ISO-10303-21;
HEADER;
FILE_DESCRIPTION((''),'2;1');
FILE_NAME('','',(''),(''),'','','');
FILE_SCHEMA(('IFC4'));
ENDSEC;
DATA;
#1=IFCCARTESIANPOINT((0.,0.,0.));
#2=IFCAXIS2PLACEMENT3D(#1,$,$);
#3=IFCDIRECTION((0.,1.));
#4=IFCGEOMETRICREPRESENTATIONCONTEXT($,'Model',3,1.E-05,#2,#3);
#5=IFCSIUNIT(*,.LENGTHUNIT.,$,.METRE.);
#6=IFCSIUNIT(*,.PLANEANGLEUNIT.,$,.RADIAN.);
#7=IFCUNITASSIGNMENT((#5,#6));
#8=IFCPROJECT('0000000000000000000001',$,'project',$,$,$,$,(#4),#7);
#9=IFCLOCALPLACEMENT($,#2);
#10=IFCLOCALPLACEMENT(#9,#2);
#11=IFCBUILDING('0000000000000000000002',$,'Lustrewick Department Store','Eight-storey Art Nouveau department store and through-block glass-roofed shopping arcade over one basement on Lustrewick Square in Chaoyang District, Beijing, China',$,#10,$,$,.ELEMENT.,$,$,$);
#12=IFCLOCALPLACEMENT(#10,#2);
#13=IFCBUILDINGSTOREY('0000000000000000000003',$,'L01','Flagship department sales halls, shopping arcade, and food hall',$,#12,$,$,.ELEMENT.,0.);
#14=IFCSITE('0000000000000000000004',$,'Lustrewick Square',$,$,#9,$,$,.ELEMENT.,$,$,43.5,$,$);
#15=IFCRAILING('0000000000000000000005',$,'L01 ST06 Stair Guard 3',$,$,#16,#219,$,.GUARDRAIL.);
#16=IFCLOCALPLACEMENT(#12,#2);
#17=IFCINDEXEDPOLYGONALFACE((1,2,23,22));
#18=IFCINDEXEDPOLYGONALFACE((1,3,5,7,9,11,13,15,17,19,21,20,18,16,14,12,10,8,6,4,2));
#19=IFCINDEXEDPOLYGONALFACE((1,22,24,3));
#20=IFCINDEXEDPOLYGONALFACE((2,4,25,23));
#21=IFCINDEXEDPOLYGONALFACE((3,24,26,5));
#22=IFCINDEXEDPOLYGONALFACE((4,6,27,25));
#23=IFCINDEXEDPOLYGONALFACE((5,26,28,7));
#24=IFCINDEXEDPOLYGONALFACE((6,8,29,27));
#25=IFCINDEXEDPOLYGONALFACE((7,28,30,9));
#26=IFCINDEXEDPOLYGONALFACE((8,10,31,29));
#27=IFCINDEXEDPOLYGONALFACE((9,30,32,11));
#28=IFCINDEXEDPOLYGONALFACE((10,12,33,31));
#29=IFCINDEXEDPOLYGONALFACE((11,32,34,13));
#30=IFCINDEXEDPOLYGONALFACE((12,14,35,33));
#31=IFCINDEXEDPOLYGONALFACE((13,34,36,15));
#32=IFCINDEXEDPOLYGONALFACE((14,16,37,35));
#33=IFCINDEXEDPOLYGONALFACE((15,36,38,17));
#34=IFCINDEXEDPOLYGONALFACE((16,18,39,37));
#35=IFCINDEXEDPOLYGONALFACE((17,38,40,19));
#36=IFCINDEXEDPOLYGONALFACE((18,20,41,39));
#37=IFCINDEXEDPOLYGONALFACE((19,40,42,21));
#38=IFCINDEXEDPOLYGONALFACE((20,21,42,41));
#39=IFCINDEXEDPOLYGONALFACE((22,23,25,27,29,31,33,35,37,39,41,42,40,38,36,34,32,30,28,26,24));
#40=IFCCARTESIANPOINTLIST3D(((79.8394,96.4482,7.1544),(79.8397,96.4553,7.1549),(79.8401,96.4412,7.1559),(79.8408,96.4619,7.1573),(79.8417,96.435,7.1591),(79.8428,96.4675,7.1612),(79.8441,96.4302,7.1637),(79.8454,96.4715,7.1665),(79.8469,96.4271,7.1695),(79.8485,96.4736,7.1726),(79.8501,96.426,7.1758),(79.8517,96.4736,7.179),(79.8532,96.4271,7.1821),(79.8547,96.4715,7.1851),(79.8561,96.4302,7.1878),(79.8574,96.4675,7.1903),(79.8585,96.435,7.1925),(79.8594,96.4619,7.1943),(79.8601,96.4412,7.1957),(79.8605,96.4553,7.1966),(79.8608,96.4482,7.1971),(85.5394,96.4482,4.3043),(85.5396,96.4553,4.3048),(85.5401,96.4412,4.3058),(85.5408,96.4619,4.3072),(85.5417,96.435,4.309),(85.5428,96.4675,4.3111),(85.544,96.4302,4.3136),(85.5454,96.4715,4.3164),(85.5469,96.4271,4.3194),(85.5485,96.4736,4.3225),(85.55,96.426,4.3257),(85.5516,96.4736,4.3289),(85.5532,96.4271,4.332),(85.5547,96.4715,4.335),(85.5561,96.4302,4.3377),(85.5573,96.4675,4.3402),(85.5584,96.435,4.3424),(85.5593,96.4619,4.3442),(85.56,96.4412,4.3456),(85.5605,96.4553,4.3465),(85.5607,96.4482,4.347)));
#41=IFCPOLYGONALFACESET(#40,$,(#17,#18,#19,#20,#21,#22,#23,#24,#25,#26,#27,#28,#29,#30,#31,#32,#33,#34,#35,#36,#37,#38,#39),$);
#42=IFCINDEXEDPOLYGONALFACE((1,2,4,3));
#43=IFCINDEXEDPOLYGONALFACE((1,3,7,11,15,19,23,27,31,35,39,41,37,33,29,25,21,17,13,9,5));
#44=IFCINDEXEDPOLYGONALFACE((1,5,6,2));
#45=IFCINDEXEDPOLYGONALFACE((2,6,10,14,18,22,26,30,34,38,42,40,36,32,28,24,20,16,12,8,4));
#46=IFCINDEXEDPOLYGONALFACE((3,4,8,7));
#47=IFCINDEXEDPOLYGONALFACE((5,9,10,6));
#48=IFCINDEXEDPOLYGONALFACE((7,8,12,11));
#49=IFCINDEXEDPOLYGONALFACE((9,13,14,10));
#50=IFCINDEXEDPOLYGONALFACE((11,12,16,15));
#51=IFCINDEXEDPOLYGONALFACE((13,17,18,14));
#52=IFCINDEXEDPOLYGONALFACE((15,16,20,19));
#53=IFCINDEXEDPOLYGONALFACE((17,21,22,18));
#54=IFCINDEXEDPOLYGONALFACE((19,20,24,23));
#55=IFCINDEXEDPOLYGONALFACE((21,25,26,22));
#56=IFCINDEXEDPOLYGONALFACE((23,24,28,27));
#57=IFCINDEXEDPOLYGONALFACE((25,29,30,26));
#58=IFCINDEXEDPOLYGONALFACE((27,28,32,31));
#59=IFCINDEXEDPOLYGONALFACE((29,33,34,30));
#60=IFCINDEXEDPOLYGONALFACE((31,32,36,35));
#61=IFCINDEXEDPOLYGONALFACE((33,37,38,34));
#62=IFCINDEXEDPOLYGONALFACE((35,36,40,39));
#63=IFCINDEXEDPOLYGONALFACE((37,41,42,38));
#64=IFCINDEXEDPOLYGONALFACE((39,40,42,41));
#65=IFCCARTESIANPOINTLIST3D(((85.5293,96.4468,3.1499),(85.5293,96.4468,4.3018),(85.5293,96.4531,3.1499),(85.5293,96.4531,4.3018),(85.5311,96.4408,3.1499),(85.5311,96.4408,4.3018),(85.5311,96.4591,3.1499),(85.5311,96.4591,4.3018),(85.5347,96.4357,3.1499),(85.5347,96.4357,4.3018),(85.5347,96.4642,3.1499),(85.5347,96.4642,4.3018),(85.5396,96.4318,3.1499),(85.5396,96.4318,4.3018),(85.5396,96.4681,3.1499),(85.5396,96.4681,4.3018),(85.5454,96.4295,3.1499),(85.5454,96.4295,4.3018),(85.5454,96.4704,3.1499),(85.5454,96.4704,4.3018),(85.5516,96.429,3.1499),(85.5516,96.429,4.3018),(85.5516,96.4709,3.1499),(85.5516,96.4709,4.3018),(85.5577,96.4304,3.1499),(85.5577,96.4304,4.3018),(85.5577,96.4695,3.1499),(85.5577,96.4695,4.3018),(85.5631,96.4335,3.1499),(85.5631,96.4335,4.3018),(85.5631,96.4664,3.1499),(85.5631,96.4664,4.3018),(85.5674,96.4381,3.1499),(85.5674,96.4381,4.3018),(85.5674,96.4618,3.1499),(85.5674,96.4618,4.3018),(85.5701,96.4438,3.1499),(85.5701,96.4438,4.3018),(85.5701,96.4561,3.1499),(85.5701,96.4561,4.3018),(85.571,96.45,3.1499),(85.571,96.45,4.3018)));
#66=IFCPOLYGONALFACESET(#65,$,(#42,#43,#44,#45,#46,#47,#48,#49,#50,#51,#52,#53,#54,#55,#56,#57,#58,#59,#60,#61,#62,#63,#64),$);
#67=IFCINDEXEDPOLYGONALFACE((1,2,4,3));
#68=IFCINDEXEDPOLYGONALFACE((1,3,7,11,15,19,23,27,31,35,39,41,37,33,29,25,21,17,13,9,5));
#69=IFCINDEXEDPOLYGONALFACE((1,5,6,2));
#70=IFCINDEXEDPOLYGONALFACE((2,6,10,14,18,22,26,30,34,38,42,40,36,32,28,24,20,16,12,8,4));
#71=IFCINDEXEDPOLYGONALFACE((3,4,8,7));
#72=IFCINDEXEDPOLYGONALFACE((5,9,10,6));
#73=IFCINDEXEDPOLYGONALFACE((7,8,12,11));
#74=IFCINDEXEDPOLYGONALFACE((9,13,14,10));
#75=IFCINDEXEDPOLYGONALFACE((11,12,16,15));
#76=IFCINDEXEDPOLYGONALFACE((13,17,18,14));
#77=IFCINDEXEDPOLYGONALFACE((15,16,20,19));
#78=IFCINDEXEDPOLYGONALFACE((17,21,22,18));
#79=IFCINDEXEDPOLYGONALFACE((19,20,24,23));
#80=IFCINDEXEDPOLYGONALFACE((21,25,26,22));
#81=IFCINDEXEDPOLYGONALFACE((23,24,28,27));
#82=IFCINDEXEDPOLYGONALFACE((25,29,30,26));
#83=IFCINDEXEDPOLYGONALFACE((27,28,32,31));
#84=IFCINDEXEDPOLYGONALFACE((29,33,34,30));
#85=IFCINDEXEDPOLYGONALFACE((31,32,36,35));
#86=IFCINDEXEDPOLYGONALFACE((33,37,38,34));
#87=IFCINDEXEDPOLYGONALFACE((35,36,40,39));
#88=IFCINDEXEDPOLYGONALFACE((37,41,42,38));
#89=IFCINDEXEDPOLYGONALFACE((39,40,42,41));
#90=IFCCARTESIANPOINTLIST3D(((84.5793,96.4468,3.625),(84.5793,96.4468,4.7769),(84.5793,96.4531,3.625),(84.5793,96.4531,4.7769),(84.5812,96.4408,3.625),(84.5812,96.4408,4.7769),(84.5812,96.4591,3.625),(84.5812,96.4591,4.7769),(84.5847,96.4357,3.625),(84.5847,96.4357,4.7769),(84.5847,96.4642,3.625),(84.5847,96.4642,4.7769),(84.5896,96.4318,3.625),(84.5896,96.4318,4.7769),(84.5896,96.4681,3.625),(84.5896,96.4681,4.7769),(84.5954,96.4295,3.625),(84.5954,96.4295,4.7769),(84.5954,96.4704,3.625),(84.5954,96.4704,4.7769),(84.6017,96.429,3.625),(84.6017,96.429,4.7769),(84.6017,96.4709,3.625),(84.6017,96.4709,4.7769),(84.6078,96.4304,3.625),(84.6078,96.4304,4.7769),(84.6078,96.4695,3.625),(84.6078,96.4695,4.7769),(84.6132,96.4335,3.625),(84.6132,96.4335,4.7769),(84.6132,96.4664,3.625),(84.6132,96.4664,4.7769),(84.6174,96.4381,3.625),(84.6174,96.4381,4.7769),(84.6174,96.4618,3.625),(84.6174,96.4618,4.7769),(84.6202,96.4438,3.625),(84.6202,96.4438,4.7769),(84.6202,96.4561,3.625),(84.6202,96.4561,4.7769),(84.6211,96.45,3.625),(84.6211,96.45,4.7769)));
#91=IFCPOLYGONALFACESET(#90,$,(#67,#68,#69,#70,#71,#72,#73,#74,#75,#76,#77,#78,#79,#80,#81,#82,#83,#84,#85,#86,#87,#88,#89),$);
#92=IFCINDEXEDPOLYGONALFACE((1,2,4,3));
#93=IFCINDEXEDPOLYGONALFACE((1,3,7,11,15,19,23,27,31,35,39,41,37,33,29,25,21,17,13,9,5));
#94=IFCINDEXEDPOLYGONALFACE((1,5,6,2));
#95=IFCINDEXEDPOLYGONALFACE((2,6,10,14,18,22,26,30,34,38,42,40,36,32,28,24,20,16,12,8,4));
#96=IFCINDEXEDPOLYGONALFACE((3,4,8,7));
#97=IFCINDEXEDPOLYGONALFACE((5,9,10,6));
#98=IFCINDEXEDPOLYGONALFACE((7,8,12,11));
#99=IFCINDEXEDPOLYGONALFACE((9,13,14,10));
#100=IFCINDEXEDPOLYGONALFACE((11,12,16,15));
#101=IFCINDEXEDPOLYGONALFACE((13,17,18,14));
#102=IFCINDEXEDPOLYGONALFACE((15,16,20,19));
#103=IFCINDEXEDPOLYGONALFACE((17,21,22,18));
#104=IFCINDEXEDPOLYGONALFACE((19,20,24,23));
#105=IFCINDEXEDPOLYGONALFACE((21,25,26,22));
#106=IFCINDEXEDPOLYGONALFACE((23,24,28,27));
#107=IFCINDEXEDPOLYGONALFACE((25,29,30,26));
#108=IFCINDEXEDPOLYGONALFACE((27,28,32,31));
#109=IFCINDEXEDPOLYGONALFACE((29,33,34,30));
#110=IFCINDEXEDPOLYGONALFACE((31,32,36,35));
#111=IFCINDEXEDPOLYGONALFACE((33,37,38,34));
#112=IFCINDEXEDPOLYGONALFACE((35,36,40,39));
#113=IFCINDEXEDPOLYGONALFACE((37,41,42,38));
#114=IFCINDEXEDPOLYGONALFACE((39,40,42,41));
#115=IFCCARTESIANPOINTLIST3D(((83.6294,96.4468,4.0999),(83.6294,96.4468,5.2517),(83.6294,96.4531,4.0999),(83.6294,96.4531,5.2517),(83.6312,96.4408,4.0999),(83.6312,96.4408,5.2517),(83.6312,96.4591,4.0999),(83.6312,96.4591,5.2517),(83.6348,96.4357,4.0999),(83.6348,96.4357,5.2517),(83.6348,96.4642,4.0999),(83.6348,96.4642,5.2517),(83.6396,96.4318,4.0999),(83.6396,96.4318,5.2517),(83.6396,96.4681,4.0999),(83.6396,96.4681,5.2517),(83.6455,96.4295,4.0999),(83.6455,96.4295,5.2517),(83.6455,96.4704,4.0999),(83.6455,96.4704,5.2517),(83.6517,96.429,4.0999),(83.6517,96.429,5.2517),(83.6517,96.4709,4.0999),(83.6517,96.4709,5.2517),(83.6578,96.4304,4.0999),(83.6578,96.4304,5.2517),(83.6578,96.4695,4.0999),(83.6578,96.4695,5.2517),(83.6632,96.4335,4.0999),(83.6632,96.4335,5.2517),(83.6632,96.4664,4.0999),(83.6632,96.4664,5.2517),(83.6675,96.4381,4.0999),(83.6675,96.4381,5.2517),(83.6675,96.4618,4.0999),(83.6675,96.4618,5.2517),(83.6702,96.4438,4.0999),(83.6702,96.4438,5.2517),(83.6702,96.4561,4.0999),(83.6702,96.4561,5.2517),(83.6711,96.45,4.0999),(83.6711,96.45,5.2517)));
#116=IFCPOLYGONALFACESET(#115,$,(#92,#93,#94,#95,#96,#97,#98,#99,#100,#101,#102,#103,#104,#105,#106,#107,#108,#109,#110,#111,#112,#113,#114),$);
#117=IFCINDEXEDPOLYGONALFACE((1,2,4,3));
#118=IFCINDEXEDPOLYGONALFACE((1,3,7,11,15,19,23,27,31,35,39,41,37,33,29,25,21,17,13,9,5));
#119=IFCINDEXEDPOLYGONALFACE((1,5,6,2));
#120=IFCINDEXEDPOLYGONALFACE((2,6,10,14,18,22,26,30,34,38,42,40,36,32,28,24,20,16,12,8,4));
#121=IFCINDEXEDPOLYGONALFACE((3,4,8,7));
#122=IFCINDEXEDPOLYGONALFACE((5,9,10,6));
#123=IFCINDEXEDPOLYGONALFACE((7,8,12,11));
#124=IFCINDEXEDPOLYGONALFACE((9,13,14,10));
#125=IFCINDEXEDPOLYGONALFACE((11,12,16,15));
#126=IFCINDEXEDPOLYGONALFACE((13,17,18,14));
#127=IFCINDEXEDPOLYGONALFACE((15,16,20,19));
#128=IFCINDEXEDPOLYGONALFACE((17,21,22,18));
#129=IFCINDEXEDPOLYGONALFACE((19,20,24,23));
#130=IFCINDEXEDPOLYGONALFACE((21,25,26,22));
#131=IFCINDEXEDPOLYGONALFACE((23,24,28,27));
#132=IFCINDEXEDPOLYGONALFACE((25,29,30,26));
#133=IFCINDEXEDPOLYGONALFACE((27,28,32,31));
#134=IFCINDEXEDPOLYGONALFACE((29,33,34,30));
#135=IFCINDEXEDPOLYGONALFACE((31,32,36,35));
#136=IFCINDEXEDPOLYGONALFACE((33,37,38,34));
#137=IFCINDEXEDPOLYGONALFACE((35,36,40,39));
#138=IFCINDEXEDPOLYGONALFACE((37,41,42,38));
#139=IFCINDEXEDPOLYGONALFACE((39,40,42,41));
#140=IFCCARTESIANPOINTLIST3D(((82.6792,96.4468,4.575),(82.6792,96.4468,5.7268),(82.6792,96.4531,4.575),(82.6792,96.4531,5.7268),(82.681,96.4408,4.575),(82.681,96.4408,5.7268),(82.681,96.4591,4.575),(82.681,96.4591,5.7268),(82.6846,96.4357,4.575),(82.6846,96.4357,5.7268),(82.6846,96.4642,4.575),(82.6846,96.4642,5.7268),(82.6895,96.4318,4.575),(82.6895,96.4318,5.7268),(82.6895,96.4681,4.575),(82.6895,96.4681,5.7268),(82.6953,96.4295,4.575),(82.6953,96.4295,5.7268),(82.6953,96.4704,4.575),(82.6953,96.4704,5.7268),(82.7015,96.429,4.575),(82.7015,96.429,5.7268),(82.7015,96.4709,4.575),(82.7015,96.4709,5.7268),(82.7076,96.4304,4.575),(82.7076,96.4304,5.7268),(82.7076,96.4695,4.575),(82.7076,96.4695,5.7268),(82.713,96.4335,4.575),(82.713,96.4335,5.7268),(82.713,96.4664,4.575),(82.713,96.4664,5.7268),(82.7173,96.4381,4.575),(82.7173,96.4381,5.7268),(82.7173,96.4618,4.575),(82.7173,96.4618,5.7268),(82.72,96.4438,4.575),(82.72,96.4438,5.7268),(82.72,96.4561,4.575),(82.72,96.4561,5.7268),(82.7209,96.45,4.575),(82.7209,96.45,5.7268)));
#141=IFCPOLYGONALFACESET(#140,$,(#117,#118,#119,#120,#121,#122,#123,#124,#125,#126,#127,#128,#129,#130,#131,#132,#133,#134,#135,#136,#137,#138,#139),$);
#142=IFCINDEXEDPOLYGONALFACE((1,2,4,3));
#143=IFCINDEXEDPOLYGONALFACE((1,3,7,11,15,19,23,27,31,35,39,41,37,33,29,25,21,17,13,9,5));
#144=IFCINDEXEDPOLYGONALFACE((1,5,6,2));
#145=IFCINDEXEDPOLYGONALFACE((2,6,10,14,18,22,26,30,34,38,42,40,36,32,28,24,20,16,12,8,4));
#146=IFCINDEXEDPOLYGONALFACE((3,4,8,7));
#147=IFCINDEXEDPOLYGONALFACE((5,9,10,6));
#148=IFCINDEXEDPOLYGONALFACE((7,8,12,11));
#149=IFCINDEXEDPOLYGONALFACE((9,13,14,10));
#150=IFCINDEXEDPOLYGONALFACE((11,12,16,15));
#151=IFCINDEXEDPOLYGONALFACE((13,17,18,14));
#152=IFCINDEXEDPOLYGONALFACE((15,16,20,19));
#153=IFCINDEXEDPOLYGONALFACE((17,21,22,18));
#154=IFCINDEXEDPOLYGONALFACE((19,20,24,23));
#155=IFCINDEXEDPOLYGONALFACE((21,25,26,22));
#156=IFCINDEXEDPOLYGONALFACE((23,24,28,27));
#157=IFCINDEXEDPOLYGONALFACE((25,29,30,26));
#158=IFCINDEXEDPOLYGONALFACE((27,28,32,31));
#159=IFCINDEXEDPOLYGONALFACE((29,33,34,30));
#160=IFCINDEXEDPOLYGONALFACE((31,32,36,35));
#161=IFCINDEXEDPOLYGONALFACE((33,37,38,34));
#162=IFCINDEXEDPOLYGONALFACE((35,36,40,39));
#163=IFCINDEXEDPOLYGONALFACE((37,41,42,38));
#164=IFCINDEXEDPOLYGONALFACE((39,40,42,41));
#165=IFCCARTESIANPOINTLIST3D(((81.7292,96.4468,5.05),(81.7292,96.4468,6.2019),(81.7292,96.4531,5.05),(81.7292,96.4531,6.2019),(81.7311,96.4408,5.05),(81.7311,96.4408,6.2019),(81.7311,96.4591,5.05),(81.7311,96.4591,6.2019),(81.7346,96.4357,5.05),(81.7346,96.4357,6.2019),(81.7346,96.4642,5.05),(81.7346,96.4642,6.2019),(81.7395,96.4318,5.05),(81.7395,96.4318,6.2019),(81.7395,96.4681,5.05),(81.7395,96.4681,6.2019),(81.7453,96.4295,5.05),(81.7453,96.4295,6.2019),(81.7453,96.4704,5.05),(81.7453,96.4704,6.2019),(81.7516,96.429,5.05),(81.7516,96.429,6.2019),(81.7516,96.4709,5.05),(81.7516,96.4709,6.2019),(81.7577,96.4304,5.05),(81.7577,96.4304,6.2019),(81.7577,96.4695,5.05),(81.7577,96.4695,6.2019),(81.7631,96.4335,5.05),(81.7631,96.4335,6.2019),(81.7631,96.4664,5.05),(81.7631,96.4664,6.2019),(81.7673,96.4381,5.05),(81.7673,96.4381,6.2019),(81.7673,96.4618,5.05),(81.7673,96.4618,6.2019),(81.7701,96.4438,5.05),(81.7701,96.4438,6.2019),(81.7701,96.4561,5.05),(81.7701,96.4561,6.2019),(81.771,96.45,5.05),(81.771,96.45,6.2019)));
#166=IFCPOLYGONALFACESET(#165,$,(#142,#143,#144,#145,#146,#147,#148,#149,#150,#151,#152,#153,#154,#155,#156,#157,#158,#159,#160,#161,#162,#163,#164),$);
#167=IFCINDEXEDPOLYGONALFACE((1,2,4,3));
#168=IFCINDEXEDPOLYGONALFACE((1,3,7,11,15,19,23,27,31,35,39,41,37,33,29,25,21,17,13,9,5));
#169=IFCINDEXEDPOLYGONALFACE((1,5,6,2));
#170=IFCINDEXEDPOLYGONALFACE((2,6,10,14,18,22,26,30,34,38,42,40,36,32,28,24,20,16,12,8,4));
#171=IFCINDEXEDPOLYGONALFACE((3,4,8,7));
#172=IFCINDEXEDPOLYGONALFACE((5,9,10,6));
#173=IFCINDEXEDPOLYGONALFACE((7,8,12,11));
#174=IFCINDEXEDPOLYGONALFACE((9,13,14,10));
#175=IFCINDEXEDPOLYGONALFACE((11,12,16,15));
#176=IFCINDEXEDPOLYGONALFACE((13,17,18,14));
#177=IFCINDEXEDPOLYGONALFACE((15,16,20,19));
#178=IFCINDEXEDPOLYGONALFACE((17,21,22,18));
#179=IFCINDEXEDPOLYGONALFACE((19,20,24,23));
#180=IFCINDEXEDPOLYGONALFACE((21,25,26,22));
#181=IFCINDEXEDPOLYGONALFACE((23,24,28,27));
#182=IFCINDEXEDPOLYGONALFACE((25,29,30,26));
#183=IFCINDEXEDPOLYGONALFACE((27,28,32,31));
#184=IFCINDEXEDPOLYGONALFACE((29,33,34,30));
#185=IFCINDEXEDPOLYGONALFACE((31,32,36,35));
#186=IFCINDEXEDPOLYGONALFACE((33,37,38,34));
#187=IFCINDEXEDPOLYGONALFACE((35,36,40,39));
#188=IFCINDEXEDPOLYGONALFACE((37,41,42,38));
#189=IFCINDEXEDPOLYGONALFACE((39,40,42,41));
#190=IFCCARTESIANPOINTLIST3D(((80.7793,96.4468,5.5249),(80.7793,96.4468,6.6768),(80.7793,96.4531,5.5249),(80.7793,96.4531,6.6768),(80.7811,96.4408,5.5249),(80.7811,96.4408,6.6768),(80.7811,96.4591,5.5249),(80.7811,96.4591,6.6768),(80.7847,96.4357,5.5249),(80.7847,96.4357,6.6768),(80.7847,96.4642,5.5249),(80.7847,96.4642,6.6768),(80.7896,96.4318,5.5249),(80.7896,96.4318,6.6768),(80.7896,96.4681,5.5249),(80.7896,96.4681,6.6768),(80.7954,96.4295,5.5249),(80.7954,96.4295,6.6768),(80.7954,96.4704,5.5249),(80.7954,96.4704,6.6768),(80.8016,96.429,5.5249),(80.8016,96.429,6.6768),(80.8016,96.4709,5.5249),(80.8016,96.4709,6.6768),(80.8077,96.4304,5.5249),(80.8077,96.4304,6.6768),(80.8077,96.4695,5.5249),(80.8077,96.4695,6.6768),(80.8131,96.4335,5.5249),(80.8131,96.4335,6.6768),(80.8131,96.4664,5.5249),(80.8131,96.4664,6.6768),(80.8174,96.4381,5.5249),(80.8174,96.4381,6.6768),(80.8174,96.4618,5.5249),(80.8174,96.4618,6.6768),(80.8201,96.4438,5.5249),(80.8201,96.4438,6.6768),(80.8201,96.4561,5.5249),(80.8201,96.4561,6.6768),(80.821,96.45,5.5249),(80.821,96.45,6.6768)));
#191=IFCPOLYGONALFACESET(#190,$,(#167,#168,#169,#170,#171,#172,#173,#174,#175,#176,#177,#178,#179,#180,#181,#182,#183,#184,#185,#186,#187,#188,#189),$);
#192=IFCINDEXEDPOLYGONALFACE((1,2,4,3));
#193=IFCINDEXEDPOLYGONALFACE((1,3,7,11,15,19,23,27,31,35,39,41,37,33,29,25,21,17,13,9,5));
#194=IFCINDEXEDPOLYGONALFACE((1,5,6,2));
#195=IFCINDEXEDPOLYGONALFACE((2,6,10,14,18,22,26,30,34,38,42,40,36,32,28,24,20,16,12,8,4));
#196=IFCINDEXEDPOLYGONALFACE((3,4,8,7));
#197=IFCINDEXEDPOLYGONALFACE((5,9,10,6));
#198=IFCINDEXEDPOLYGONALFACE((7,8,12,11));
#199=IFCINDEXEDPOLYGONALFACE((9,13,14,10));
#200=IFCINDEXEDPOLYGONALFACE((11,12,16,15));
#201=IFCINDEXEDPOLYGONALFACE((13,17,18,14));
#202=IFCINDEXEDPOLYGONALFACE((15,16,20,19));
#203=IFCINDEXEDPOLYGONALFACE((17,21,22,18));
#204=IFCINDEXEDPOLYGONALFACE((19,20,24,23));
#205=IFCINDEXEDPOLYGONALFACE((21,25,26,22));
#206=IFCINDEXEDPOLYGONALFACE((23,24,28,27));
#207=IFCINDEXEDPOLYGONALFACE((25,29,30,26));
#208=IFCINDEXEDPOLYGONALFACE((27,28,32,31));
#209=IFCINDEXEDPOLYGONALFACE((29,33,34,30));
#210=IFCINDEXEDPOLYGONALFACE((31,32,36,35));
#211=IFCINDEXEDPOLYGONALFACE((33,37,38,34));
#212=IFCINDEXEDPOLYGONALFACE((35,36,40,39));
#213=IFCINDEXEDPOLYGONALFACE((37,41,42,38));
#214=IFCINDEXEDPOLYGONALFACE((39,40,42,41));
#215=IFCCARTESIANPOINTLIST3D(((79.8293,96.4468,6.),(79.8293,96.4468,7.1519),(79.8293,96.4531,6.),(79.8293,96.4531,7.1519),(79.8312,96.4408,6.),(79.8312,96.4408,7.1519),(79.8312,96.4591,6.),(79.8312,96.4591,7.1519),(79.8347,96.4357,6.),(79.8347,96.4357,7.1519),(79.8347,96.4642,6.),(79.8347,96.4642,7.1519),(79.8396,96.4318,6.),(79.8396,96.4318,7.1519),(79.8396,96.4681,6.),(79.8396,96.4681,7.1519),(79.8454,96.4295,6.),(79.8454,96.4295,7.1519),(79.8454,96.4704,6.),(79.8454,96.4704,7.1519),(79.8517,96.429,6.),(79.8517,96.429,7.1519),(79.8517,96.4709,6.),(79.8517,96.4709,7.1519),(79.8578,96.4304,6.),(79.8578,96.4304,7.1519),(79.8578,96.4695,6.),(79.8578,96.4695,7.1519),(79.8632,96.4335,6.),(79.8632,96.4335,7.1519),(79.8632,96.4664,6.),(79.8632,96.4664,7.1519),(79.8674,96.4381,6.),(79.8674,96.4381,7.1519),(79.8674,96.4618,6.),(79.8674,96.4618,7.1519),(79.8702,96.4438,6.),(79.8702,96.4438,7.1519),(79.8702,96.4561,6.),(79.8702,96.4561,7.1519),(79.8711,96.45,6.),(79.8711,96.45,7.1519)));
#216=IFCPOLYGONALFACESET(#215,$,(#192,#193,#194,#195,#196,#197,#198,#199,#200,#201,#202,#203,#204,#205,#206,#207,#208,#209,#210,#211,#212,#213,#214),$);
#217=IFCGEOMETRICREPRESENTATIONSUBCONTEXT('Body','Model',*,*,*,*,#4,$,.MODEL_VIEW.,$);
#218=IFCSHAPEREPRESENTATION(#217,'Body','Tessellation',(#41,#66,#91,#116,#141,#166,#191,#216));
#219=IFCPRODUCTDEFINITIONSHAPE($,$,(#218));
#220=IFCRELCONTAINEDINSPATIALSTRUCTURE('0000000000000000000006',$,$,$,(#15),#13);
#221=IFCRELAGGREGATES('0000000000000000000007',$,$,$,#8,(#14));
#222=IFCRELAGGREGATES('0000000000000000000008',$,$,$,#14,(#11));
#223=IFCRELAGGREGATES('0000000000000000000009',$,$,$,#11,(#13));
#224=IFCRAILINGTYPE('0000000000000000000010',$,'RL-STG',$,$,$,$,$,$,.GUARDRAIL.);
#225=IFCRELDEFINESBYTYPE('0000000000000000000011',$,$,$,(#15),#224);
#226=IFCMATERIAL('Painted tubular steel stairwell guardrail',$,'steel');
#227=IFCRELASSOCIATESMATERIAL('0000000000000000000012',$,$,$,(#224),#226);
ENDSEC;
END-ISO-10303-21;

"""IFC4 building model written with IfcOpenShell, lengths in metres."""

from ifc_helpers import new_model, si_unit, direction, frame, origin, origin_2d, place, context, subcontext, project, spatial, circle, extrude, material, type_object, element, save


model = new_model("IFC4")

# Units and contexts
model_context = context("Model", 3, precision=1e-05, world=origin(), true_north=direction((0.0, 1.0)))
body_context = subcontext(model_context, "Body", "Model", "MODEL_VIEW")
ifc_project = project(units=[si_unit("LENGTHUNIT", "METRE"), si_unit("PLANEANGLEUNIT", "RADIAN")], contexts=[model_context])

# Site, building, storey
site_placement = place(None, origin())
site = spatial("IfcSite", under=ifc_project, at=site_placement, Name="Lustrewick Square", CompositionType="ELEMENT", RefElevation=43.5)
building_placement = place(site_placement, origin())
building = spatial("IfcBuilding", under=site, at=building_placement, Name="Lustrewick Department Store", Description="Eight-storey Art Nouveau department store and through-block glass-roofed shopping arcade over one basement on Lustrewick Square in Chaoyang District, Beijing, China", CompositionType="ELEMENT")
storey_placement = place(building_placement, origin())
storey = spatial("IfcBuildingStorey", under=building, at=storey_placement, Name="L01", Description="Flagship department sales halls, shopping arcade, and food hall", CompositionType="ELEMENT", Elevation=0.0)

# Railing
ifc_material_1 = material(Name="Painted tubular steel stairwell guardrail", Category="steel")
railing_type_1 = type_object("IfcRailingType", Name="RL-STG", PredefinedType="GUARDRAIL", material=ifc_material_1)
railing_1_placement = place(storey_placement, frame((85.55, 96.45, 3.1499)))
element("IfcRailing", 1, at=railing_1_placement, inside=storey, type_object=railing_type_1, Name="L01 ST06 Stair Guard 3", PredefinedType="GUARDRAIL", context=body_context, shape_type="SweptSolid", body=[
    extrude(circle(Radius=0.0239, at=origin_2d()), frame((0.0, 0.0, 1.1758), z_axis=(-0.89442, 0.0, 0.447229), x_axis=(0.0, -1.0, 0.0)), (0.0, 0.0, 1.0), 6.3728),
    extrude(circle(Radius=0.021, at=origin_2d()), origin(), (0.0, 0.0, 1.0), 1.1519),
    extrude(circle(Radius=0.021, at=origin_2d()), frame((-0.95, 0.0, 0.4751)), (0.0, 0.0, 1.0), 1.1519),
    extrude(circle(Radius=0.021, at=origin_2d()), frame((-1.8999, 0.0, 0.95)), (0.0, 0.0, 1.0), 1.1519),
    extrude(circle(Radius=0.021, at=origin_2d()), frame((-2.8501, 0.0, 1.425)), (0.0, 0.0, 1.0), 1.1519),
    extrude(circle(Radius=0.021, at=origin_2d()), frame((-3.8, 0.0, 1.9001)), (0.0, 0.0, 1.0), 1.1519),
    extrude(circle(Radius=0.021, at=origin_2d()), frame((-4.75, 0.0, 2.375)), (0.0, 0.0, 1.0), 1.1519),
    extrude(circle(Radius=0.021, at=origin_2d()), frame((-5.7, 0.0, 2.8501)), (0.0, 0.0, 1.0), 1.1519),
])

save(model, "model.ifc")
